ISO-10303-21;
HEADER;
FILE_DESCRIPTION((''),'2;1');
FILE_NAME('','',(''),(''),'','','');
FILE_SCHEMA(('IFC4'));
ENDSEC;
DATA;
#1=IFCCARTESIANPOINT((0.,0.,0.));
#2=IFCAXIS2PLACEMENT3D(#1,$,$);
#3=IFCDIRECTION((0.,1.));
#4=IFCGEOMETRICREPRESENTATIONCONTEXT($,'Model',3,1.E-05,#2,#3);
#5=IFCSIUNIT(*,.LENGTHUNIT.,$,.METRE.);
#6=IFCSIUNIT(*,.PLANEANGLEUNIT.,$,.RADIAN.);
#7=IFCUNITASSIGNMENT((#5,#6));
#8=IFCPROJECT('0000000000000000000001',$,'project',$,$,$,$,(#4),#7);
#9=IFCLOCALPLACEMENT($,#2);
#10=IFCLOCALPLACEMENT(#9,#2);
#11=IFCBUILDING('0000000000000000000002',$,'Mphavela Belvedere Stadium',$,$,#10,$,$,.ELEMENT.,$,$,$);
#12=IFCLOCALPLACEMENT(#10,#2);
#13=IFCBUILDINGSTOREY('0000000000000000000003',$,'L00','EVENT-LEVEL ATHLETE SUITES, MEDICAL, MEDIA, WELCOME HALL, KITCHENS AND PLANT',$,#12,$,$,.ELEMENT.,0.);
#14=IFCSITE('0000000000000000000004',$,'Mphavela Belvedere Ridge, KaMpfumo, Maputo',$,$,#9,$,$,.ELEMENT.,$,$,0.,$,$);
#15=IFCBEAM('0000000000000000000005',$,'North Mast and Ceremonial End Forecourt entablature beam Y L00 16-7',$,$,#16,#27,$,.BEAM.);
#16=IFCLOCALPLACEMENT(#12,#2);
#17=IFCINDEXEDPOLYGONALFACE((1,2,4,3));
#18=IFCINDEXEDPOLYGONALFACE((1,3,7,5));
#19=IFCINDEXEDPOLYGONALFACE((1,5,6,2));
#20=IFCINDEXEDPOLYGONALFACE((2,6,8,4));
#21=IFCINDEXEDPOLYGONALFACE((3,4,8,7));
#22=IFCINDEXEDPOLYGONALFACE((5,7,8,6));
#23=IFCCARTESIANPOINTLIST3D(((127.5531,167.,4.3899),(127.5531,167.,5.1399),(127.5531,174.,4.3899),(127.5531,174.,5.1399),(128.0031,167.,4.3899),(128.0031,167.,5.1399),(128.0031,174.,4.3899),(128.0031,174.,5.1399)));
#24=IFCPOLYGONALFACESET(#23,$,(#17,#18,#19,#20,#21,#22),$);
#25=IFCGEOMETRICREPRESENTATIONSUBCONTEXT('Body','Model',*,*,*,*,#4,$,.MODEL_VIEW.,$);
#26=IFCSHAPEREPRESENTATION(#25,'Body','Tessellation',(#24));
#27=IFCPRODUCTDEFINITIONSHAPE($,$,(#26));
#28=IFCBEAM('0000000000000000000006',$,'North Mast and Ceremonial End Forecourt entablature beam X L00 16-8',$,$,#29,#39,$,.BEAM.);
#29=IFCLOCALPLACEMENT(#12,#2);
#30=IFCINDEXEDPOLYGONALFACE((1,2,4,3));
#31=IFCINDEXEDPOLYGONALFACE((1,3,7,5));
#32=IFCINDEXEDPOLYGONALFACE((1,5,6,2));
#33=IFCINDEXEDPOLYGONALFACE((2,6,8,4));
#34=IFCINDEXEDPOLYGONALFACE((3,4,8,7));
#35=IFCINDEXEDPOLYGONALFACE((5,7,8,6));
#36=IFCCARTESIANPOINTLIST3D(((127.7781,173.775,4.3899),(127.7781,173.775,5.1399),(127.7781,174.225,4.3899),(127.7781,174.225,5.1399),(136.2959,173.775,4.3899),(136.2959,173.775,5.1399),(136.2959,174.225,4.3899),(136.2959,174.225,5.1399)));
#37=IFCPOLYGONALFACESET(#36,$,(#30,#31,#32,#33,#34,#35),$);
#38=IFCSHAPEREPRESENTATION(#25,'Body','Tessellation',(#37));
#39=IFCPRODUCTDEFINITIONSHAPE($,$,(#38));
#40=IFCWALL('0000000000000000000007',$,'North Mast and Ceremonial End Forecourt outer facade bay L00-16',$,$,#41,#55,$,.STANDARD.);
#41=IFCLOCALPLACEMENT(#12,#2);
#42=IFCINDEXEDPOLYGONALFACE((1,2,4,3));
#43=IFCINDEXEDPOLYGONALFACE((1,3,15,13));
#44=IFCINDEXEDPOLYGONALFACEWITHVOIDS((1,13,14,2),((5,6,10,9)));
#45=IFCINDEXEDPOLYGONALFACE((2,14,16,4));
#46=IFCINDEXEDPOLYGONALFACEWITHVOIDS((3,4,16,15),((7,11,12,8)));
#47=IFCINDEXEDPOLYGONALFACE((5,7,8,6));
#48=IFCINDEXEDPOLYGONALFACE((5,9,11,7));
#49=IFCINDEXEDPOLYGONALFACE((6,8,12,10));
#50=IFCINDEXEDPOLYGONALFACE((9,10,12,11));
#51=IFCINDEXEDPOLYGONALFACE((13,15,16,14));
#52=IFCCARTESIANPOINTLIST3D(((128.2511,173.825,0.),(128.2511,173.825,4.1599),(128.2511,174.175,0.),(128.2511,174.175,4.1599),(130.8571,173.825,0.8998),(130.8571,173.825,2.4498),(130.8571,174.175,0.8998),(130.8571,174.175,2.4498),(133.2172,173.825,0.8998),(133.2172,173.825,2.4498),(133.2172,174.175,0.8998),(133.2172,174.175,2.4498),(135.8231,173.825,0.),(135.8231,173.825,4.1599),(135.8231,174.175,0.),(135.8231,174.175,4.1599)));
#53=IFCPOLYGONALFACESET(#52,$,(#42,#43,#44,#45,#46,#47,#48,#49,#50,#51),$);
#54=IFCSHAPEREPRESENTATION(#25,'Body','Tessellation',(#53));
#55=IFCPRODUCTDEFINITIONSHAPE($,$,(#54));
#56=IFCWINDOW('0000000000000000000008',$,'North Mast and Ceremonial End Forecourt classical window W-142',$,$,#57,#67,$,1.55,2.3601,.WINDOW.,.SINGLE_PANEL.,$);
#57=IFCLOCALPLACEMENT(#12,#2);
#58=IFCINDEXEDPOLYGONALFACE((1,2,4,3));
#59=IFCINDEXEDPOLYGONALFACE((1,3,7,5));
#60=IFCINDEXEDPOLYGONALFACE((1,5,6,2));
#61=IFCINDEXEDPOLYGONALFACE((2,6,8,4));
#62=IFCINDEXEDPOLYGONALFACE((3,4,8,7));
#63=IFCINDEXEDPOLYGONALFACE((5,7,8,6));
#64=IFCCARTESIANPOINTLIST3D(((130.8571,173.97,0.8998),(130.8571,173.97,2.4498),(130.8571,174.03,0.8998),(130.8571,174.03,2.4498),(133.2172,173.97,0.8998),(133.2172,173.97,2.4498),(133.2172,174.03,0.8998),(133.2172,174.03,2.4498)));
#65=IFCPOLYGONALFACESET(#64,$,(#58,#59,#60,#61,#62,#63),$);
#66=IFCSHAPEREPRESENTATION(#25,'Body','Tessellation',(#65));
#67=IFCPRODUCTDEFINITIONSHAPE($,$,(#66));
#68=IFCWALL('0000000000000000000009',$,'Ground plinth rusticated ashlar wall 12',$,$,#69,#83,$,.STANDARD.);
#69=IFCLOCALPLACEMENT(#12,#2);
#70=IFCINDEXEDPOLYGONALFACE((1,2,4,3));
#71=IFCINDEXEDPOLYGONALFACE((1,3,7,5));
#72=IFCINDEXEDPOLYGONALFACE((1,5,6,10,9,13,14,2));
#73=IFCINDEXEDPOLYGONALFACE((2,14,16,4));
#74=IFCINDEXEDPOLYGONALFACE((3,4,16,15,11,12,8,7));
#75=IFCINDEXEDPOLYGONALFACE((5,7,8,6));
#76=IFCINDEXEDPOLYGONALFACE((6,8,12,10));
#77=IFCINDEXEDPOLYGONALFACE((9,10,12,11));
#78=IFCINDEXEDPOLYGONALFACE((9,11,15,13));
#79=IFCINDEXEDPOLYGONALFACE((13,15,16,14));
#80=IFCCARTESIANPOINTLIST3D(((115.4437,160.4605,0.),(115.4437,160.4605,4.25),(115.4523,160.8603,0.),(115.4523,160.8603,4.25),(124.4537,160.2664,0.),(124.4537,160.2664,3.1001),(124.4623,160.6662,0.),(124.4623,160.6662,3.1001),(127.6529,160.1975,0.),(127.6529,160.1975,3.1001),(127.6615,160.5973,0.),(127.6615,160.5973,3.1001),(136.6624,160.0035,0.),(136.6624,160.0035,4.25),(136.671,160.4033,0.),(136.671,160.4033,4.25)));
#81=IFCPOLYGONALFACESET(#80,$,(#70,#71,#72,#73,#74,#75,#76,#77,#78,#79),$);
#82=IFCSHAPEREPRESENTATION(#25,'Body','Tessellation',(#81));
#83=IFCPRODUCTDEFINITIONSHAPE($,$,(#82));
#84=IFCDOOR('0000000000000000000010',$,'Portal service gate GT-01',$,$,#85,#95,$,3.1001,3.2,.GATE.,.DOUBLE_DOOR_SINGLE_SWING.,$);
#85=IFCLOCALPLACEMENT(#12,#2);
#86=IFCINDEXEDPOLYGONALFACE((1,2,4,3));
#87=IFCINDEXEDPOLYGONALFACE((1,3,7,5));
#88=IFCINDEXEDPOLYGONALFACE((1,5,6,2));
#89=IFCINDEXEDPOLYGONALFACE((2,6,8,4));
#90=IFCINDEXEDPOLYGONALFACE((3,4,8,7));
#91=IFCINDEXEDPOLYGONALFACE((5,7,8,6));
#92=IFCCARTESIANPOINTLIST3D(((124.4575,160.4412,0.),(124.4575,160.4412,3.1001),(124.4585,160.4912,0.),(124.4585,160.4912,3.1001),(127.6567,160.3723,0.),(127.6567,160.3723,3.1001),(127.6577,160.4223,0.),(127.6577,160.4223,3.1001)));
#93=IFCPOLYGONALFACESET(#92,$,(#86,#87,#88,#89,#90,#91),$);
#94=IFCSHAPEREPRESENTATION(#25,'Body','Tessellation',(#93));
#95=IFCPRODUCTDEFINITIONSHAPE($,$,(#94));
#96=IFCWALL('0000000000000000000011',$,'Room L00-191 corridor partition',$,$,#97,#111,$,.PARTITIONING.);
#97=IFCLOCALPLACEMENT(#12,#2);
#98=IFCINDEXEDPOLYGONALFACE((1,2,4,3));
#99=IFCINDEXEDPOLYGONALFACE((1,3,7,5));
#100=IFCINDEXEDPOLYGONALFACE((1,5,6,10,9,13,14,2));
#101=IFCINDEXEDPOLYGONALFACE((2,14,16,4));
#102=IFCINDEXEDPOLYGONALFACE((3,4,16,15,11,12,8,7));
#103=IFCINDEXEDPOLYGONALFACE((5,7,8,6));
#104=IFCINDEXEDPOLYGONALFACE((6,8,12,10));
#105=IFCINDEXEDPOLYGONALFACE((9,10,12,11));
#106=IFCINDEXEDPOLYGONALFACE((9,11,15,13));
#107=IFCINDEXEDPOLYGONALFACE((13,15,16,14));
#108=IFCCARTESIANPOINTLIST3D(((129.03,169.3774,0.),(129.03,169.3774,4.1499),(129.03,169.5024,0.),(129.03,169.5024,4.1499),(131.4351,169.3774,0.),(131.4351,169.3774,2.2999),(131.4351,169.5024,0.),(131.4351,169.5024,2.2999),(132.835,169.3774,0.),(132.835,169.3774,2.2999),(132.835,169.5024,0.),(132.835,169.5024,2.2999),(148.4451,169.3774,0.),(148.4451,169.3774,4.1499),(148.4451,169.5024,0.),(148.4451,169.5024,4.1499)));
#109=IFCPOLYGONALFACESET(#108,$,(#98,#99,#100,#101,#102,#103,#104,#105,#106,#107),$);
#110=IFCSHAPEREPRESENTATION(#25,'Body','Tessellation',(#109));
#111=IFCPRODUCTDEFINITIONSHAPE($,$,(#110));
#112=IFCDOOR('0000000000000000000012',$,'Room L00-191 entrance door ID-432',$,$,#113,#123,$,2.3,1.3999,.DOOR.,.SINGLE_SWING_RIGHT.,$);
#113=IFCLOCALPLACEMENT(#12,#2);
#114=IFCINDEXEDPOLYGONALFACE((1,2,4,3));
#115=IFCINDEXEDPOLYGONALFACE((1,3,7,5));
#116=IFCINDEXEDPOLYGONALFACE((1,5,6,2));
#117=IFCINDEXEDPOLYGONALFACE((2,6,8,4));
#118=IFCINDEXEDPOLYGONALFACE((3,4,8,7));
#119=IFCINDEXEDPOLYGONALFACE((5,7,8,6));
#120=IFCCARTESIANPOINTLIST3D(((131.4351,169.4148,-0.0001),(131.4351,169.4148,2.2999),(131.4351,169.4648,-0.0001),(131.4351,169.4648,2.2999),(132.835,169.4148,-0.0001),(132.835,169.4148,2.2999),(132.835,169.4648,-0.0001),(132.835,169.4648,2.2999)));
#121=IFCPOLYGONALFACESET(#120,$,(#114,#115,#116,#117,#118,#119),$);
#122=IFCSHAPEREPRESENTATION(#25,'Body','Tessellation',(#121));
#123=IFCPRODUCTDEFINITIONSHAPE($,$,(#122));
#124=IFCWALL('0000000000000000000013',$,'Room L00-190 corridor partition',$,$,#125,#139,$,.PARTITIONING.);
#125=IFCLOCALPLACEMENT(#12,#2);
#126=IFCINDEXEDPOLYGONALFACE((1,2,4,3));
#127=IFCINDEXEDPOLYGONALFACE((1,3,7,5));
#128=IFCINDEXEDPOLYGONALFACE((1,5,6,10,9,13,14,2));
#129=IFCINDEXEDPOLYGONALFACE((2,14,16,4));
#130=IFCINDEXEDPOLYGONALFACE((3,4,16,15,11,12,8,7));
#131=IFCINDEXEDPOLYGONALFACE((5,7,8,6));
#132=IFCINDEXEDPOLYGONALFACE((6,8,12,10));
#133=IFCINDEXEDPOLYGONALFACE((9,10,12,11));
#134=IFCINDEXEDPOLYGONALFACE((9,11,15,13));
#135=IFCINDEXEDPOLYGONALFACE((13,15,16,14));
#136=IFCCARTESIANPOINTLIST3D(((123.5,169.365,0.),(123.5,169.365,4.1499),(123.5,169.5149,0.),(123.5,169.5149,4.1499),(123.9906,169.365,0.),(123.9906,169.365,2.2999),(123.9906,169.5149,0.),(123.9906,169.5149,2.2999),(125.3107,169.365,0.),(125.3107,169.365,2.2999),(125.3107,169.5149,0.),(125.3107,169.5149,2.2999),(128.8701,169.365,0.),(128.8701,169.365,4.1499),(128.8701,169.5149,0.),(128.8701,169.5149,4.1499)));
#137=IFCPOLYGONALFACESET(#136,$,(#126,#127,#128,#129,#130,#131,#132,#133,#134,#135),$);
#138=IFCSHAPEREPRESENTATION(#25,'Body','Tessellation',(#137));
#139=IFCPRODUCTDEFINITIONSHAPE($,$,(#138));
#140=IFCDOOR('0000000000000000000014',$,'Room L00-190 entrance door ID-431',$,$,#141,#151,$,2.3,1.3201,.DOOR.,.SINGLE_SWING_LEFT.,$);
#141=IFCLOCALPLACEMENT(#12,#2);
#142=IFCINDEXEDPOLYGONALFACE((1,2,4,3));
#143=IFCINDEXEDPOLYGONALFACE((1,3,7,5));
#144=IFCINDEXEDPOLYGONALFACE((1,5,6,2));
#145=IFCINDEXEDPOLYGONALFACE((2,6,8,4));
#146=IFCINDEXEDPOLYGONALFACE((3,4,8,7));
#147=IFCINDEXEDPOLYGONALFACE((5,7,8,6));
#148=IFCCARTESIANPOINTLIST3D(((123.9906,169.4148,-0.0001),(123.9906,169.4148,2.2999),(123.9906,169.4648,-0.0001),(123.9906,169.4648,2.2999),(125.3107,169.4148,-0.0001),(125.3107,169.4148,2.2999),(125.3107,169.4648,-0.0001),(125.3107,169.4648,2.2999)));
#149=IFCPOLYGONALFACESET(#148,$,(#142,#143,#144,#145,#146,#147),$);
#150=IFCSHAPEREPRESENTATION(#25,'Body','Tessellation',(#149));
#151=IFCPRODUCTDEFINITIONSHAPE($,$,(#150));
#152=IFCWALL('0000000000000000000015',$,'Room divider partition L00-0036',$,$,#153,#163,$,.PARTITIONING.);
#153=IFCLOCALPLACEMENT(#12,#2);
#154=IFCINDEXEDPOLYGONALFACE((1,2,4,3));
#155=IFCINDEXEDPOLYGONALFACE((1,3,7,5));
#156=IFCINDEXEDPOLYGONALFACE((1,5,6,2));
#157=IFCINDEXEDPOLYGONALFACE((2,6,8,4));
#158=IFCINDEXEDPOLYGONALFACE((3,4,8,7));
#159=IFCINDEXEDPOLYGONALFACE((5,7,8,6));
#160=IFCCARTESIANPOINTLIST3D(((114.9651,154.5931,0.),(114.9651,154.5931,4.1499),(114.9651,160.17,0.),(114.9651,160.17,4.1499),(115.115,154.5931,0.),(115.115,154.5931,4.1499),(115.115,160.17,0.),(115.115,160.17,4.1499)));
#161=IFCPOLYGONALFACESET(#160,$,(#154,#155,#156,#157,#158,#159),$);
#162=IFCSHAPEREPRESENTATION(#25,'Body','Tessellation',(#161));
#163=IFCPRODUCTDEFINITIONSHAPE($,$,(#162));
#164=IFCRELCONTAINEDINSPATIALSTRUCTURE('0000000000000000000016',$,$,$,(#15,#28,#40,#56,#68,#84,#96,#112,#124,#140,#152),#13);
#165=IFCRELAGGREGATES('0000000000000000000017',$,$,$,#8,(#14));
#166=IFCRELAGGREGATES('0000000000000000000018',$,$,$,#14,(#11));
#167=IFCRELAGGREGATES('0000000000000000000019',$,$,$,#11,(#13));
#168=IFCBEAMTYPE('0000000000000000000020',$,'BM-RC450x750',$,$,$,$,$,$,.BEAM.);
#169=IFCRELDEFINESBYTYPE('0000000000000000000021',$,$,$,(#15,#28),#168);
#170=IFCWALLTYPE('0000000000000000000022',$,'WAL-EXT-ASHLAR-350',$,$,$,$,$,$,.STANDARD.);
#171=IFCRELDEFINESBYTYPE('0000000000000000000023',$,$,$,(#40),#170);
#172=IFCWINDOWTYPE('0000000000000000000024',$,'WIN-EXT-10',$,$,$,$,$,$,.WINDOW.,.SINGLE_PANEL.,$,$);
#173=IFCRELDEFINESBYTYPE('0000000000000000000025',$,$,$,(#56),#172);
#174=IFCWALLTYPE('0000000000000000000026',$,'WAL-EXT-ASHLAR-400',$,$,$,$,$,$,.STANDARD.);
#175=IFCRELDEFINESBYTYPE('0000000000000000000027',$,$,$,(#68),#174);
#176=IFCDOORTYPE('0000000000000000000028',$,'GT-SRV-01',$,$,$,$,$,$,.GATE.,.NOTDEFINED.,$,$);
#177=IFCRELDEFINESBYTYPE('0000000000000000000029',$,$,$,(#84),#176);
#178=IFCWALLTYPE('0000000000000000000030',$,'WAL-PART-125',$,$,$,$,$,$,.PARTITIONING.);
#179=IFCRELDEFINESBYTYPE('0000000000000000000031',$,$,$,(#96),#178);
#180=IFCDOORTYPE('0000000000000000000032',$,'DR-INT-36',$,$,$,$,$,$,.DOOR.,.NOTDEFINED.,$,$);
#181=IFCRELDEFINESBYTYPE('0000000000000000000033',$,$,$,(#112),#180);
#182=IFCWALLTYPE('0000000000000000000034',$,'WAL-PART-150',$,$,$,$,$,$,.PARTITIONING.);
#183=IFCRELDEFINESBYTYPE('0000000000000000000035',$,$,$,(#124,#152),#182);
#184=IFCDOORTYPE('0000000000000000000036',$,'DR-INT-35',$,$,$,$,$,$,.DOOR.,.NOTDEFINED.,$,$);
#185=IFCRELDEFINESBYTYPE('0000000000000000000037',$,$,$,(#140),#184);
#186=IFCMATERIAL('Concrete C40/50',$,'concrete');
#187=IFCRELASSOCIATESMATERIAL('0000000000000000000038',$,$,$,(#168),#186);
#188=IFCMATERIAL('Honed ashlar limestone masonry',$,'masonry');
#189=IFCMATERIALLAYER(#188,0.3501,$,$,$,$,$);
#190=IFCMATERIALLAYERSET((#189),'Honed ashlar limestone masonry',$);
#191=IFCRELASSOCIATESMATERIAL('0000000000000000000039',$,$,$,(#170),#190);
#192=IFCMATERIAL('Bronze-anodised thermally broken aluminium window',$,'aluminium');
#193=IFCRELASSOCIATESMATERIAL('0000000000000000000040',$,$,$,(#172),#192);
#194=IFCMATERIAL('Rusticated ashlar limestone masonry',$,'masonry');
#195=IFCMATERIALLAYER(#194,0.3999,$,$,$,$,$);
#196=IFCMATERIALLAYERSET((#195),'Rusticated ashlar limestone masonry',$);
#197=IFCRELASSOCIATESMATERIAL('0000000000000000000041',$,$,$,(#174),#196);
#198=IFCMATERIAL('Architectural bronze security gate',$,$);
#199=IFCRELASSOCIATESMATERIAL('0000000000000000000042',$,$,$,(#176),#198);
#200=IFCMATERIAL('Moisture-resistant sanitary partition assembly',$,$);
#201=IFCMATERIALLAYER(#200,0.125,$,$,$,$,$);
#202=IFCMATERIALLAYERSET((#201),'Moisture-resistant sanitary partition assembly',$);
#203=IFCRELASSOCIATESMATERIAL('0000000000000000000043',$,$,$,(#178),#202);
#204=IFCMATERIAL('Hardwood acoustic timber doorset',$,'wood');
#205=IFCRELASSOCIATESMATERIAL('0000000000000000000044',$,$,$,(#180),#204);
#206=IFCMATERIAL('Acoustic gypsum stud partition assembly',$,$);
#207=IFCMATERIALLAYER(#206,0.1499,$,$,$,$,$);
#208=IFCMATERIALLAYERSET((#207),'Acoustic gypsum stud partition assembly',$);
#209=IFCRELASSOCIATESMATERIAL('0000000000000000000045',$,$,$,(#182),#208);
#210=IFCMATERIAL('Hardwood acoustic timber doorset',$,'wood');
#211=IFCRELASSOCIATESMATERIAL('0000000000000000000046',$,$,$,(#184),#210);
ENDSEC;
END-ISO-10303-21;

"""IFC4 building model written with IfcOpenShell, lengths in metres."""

from ifc_helpers import new_model, si_unit, direction, frame, frame_2d, origin, origin_2d, place, context, subcontext, project, spatial, rectangle, extrude, material, layer, layer_set, material_profile, profile_set, type_object, element, fill, save


model = new_model("IFC4")

# Units and contexts
model_context = context("Model", 3, precision=1e-05, world=origin(), true_north=direction((0.0, 1.0)))
body_context = subcontext(model_context, "Body", "Model", "MODEL_VIEW")
ifc_project = project(units=[si_unit("LENGTHUNIT", "METRE"), si_unit("PLANEANGLEUNIT", "RADIAN")], contexts=[model_context])

# Site, building, storey
site_placement = place(None, origin())
site = spatial("IfcSite", under=ifc_project, at=site_placement, Name="Mphavela Belvedere Ridge, KaMpfumo, Maputo", CompositionType="ELEMENT", RefElevation=0.0)
building_placement = place(site_placement, origin())
building = spatial("IfcBuilding", under=site, at=building_placement, Name="Mphavela Belvedere Stadium", CompositionType="ELEMENT")
storey_placement = place(building_placement, origin())
storey = spatial("IfcBuildingStorey", under=building, at=storey_placement, Name="L00", Description="EVENT-LEVEL ATHLETE SUITES, MEDICAL, MEDIA, WELCOME HALL, KITCHENS AND PLANT", CompositionType="ELEMENT", Elevation=0.0)

# Beams
ifc_material_1 = material(Name="Concrete C40/50", Category="concrete")
ifc_material_profile_1 = material_profile(ifc_material_1, rectangle(XDim=0.45, YDim=0.75, at=origin_2d()), Name="RC 450x750")
ifc_profile_set_1 = profile_set([ifc_material_profile_1], Name="Concrete C40/50")
beam_type_1 = type_object("IfcBeamType", Name="BM-RC450x750", PredefinedType="BEAM", material=ifc_profile_set_1)
beam_1_placement = place(storey_placement, frame((127.7781, 167.0, 4.7649), z_axis=(0.0, 1.0, 0.0), x_axis=(-1.0, 0.0, 0.0)))
element("IfcBeam", 1, at=beam_1_placement, inside=storey, type_object=beam_type_1, Name="North Mast and Ceremonial End Forecourt entablature beam Y L00 16-7", PredefinedType="BEAM", context=body_context, shape_type="SweptSolid", body=[
    extrude(rectangle(XDim=0.45, YDim=0.75, at=origin_2d()), origin(), (0.0, 0.0, 1.0), 7.0),
])
beam_2_placement = place(storey_placement, frame((127.7781, 174.0, 4.7649), z_axis=(1.0, 0.0, 0.0), x_axis=(0.0, 1.0, 0.0)))
element("IfcBeam", 2, at=beam_2_placement, inside=storey, type_object=beam_type_1, Name="North Mast and Ceremonial End Forecourt entablature beam X L00 16-8", PredefinedType="BEAM", context=body_context, shape_type="SweptSolid", body=[
    extrude(rectangle(XDim=0.45, YDim=0.75, at=origin_2d()), origin(), (0.0, 0.0, 1.0), 8.5178),
])

# Wall, opening, window
ifc_material_2 = material(Name="Honed ashlar limestone masonry", Category="masonry")
ifc_layer_1 = layer(ifc_material_2, 0.3501)
ifc_layer_set_1 = layer_set([ifc_layer_1], Name="Honed ashlar limestone masonry")
wall_type_1 = type_object("IfcWallType", Name="WAL-EXT-ASHLAR-350", PredefinedType="STANDARD", material=ifc_layer_set_1)
wall_1_placement = place(storey_placement, frame((128.251, 174.0, 0.0), z_axis=(0.0, 0.0, 1.0), x_axis=(1.0, 0.0, 0.0)))
wall_1 = element("IfcWall", 3, at=wall_1_placement, inside=storey, type_object=wall_type_1, Name="North Mast and Ceremonial End Forecourt outer facade bay L00-16", PredefinedType="STANDARD", context=body_context, shape_type="SweptSolid", body=[
    extrude(rectangle(XDim=7.572, YDim=0.3501, at=frame_2d((3.7861, 0.0))), origin(), (0.0, 0.0, 1.0), 4.1599),
])
opening_1_placement = place(wall_1_placement, frame((2.606, 0.0, 0.8999)))
opening_1 = element("IfcOpeningElement", 4, at=opening_1_placement, cuts=wall_1, PredefinedType="OPENING", context=body_context, shape_type="SweptSolid", body=[
    extrude(rectangle(XDim=2.3601, YDim=1.55, at=frame_2d((1.1802, 0.7749))), frame((0.0, 0.1851, 0.0), z_axis=(0.0, -1.0, 0.0), x_axis=(1.0, 0.0, 0.0)), (0.0, 0.0, 1.0), 0.3701),
])
ifc_material_3 = material(Name="Bronze-anodised thermally broken aluminium window", Category="aluminium")
window_type = type_object("IfcWindowType", Name="WIN-EXT-10", PartitioningType="SINGLE_PANEL", PredefinedType="WINDOW", material=ifc_material_3)
window_placement = place(opening_1_placement, origin())
window = element("IfcWindow", 5, at=window_placement, inside=storey, type_object=window_type, Name="North Mast and Ceremonial End Forecourt classical window W-142", OverallHeight=1.55, OverallWidth=2.3601, PartitioningType="SINGLE_PANEL", PredefinedType="WINDOW", context=body_context, shape_type="SweptSolid", body=[
    extrude(rectangle(XDim=2.3601, YDim=1.55, at=frame_2d((1.1802, 0.7749))), frame((0.0, 0.03, 0.0), z_axis=(0.0, -1.0, 0.0), x_axis=(1.0, 0.0, 0.0)), (0.0, 0.0, 1.0), 0.0601),
])
fill(opening_1, window)

# Walls, openings, doors
ifc_material_4 = material(Name="Rusticated ashlar limestone masonry", Category="masonry")
ifc_layer_2 = layer(ifc_material_4, 0.3999)
ifc_layer_set_2 = layer_set([ifc_layer_2], Name="Rusticated ashlar limestone masonry")
wall_type_2 = type_object("IfcWallType", Name="WAL-EXT-ASHLAR-400", PredefinedType="STANDARD", material=ifc_layer_set_2)
wall_2_placement = place(storey_placement, frame((115.448, 160.6604, 0.0), z_axis=(0.0, 0.0, 1.0), x_axis=(0.999768, -0.021534, 0.0)))
wall_2 = element("IfcWall", 6, at=wall_2_placement, inside=storey, type_object=wall_type_2, Name="Ground plinth rusticated ashlar wall 12", PredefinedType="STANDARD", context=body_context, shape_type="SweptSolid", body=[
    extrude(rectangle(XDim=21.2236, YDim=0.3999, at=frame_2d((10.6118, 0.0))), origin(), (0.0, 0.0, 1.0), 4.25),
])
opening_2_placement = place(wall_2_placement, frame((9.012, 0.0, 0.0)))
opening_2 = element("IfcOpeningElement", 7, at=opening_2_placement, cuts=wall_2, PredefinedType="OPENING", context=body_context, shape_type="SweptSolid", body=[
    extrude(rectangle(XDim=3.2, YDim=3.1001, at=frame_2d((1.6001, 1.55))), frame((0.0, 0.21, 0.0), z_axis=(0.0, -1.0, 0.0), x_axis=(1.0, 0.0, 0.0)), (0.0, 0.0, 1.0), 0.4199),
])
ifc_material_5 = material(Name="Architectural bronze security gate")
door_type_1 = type_object("IfcDoorType", Name="GT-SRV-01", OperationType="NOTDEFINED", PredefinedType="GATE", material=ifc_material_5)
door_1_placement = place(opening_2_placement, origin())
door_1 = element("IfcDoor", 8, at=door_1_placement, inside=storey, type_object=door_type_1, Name="Portal service gate GT-01", OperationType="DOUBLE_DOOR_SINGLE_SWING", OverallHeight=3.1001, OverallWidth=3.2, PredefinedType="GATE", context=body_context, shape_type="SweptSolid", body=[
    extrude(rectangle(XDim=3.2, YDim=3.1001, at=frame_2d((1.6001, 1.55))), frame((0.0, 0.0249, 0.0), z_axis=(0.0, -1.0, 0.0), x_axis=(1.0, 0.0, 0.0)), (0.0, 0.0, 1.0), 0.05),
])
fill(opening_2, door_1)
ifc_material_6 = material(Name="Moisture-resistant sanitary partition assembly")
ifc_layer_3 = layer(ifc_material_6, 0.125)
ifc_layer_set_3 = layer_set([ifc_layer_3], Name="Moisture-resistant sanitary partition assembly")
wall_type_3 = type_object("IfcWallType", Name="WAL-PART-125", PredefinedType="PARTITIONING", material=ifc_layer_set_3)
wall_3_placement = place(storey_placement, frame((129.03, 169.4399, 0.0), z_axis=(0.0, 0.0, 1.0), x_axis=(1.0, 0.0, 0.0)))
wall_3 = element("IfcWall", 9, at=wall_3_placement, inside=storey, type_object=wall_type_3, Name="Room L00-191 corridor partition", PredefinedType="PARTITIONING", context=body_context, shape_type="SweptSolid", body=[
    extrude(rectangle(XDim=19.415, YDim=0.125, at=frame_2d((9.7075, 0.0))), origin(), (0.0, 0.0, 1.0), 4.1499),
])
opening_3_placement = place(wall_3_placement, frame((2.405, 0.0, 0.0)))
opening_3 = element("IfcOpeningElement", 10, at=opening_3_placement, cuts=wall_3, PredefinedType="OPENING", context=body_context, shape_type="SweptSolid", body=[
    extrude(rectangle(XDim=1.3999, YDim=2.3, at=frame_2d((0.7, 1.1499))), frame((0.0, 0.0725, 0.0), z_axis=(0.0, -1.0, 0.0), x_axis=(1.0, 0.0, 0.0)), (0.0, 0.0, 1.0), 0.145),
])
ifc_material_7 = material(Name="Hardwood acoustic timber doorset", Category="wood")
door_type_2 = type_object("IfcDoorType", Name="DR-INT-36", OperationType="NOTDEFINED", PredefinedType="DOOR", material=ifc_material_7)
door_2_placement = place(opening_3_placement, origin())
door_2 = element("IfcDoor", 11, at=door_2_placement, inside=storey, type_object=door_type_2, Name="Room L00-191 entrance door ID-432", OperationType="SINGLE_SWING_RIGHT", OverallHeight=2.3, OverallWidth=1.3999, PredefinedType="DOOR", context=body_context, shape_type="SweptSolid", body=[
    extrude(rectangle(XDim=1.3999, YDim=2.3, at=frame_2d((0.7, 1.1499))), frame((0.0, 0.0249, 0.0), z_axis=(0.0, -1.0, 0.0), x_axis=(1.0, 0.0, 0.0)), (0.0, 0.0, 1.0), 0.05),
])
fill(opening_3, door_2)
ifc_material_8 = material(Name="Acoustic gypsum stud partition assembly")
ifc_layer_4 = layer(ifc_material_8, 0.1499)
ifc_layer_set_4 = layer_set([ifc_layer_4], Name="Acoustic gypsum stud partition assembly")
wall_type_4 = type_object("IfcWallType", Name="WAL-PART-150", PredefinedType="PARTITIONING", material=ifc_layer_set_4)
wall_4_placement = place(storey_placement, frame((123.5, 169.4399, 0.0), z_axis=(0.0, 0.0, 1.0), x_axis=(1.0, 0.0, 0.0)))
wall_4 = element("IfcWall", 12, at=wall_4_placement, inside=storey, type_object=wall_type_4, Name="Room L00-190 corridor partition", PredefinedType="PARTITIONING", context=body_context, shape_type="SweptSolid", body=[
    extrude(rectangle(XDim=5.3701, YDim=0.1499, at=frame_2d((2.6851, 0.0))), origin(), (0.0, 0.0, 1.0), 4.1499),
])
opening_4_placement = place(wall_4_placement, frame((0.4905, 0.0, 0.0)))
opening_4 = element("IfcOpeningElement", 13, at=opening_4_placement, cuts=wall_4, PredefinedType="OPENING", context=body_context, shape_type="SweptSolid", body=[
    extrude(rectangle(XDim=1.3201, YDim=2.3, at=frame_2d((0.6602, 1.1499))), frame((0.0, 0.085, 0.0), z_axis=(0.0, -1.0, 0.0), x_axis=(1.0, 0.0, 0.0)), (0.0, 0.0, 1.0), 0.1699),
])
ifc_material_9 = material(Name="Hardwood acoustic timber doorset", Category="wood")
door_type_3 = type_object("IfcDoorType", Name="DR-INT-35", OperationType="NOTDEFINED", PredefinedType="DOOR", material=ifc_material_9)
door_3_placement = place(opening_4_placement, origin())
door_3 = element("IfcDoor", 14, at=door_3_placement, inside=storey, type_object=door_type_3, Name="Room L00-190 entrance door ID-431", OperationType="SINGLE_SWING_LEFT", OverallHeight=2.3, OverallWidth=1.3201, PredefinedType="DOOR", context=body_context, shape_type="SweptSolid", body=[
    extrude(rectangle(XDim=1.3201, YDim=2.3, at=frame_2d((0.6602, 1.1499))), frame((0.0, 0.0249, 0.0), z_axis=(0.0, -1.0, 0.0), x_axis=(1.0, 0.0, 0.0)), (0.0, 0.0, 1.0), 0.05),
])
fill(opening_4, door_3)

# Wall
wall_5_placement = place(storey_placement, frame((115.04, 154.593, 0.0), z_axis=(0.0, 0.0, 1.0), x_axis=(0.0, 1.0, 0.0)))
element("IfcWall", 15, at=wall_5_placement, inside=storey, type_object=wall_type_4, Name="Room divider partition L00-0036", PredefinedType="PARTITIONING", context=body_context, shape_type="SweptSolid", body=[
    extrude(rectangle(XDim=5.5769, YDim=0.1499, at=frame_2d((2.7886, 0.0))), origin(), (0.0, 0.0, 1.0), 4.1499),
])

save(model, "model.ifc")
